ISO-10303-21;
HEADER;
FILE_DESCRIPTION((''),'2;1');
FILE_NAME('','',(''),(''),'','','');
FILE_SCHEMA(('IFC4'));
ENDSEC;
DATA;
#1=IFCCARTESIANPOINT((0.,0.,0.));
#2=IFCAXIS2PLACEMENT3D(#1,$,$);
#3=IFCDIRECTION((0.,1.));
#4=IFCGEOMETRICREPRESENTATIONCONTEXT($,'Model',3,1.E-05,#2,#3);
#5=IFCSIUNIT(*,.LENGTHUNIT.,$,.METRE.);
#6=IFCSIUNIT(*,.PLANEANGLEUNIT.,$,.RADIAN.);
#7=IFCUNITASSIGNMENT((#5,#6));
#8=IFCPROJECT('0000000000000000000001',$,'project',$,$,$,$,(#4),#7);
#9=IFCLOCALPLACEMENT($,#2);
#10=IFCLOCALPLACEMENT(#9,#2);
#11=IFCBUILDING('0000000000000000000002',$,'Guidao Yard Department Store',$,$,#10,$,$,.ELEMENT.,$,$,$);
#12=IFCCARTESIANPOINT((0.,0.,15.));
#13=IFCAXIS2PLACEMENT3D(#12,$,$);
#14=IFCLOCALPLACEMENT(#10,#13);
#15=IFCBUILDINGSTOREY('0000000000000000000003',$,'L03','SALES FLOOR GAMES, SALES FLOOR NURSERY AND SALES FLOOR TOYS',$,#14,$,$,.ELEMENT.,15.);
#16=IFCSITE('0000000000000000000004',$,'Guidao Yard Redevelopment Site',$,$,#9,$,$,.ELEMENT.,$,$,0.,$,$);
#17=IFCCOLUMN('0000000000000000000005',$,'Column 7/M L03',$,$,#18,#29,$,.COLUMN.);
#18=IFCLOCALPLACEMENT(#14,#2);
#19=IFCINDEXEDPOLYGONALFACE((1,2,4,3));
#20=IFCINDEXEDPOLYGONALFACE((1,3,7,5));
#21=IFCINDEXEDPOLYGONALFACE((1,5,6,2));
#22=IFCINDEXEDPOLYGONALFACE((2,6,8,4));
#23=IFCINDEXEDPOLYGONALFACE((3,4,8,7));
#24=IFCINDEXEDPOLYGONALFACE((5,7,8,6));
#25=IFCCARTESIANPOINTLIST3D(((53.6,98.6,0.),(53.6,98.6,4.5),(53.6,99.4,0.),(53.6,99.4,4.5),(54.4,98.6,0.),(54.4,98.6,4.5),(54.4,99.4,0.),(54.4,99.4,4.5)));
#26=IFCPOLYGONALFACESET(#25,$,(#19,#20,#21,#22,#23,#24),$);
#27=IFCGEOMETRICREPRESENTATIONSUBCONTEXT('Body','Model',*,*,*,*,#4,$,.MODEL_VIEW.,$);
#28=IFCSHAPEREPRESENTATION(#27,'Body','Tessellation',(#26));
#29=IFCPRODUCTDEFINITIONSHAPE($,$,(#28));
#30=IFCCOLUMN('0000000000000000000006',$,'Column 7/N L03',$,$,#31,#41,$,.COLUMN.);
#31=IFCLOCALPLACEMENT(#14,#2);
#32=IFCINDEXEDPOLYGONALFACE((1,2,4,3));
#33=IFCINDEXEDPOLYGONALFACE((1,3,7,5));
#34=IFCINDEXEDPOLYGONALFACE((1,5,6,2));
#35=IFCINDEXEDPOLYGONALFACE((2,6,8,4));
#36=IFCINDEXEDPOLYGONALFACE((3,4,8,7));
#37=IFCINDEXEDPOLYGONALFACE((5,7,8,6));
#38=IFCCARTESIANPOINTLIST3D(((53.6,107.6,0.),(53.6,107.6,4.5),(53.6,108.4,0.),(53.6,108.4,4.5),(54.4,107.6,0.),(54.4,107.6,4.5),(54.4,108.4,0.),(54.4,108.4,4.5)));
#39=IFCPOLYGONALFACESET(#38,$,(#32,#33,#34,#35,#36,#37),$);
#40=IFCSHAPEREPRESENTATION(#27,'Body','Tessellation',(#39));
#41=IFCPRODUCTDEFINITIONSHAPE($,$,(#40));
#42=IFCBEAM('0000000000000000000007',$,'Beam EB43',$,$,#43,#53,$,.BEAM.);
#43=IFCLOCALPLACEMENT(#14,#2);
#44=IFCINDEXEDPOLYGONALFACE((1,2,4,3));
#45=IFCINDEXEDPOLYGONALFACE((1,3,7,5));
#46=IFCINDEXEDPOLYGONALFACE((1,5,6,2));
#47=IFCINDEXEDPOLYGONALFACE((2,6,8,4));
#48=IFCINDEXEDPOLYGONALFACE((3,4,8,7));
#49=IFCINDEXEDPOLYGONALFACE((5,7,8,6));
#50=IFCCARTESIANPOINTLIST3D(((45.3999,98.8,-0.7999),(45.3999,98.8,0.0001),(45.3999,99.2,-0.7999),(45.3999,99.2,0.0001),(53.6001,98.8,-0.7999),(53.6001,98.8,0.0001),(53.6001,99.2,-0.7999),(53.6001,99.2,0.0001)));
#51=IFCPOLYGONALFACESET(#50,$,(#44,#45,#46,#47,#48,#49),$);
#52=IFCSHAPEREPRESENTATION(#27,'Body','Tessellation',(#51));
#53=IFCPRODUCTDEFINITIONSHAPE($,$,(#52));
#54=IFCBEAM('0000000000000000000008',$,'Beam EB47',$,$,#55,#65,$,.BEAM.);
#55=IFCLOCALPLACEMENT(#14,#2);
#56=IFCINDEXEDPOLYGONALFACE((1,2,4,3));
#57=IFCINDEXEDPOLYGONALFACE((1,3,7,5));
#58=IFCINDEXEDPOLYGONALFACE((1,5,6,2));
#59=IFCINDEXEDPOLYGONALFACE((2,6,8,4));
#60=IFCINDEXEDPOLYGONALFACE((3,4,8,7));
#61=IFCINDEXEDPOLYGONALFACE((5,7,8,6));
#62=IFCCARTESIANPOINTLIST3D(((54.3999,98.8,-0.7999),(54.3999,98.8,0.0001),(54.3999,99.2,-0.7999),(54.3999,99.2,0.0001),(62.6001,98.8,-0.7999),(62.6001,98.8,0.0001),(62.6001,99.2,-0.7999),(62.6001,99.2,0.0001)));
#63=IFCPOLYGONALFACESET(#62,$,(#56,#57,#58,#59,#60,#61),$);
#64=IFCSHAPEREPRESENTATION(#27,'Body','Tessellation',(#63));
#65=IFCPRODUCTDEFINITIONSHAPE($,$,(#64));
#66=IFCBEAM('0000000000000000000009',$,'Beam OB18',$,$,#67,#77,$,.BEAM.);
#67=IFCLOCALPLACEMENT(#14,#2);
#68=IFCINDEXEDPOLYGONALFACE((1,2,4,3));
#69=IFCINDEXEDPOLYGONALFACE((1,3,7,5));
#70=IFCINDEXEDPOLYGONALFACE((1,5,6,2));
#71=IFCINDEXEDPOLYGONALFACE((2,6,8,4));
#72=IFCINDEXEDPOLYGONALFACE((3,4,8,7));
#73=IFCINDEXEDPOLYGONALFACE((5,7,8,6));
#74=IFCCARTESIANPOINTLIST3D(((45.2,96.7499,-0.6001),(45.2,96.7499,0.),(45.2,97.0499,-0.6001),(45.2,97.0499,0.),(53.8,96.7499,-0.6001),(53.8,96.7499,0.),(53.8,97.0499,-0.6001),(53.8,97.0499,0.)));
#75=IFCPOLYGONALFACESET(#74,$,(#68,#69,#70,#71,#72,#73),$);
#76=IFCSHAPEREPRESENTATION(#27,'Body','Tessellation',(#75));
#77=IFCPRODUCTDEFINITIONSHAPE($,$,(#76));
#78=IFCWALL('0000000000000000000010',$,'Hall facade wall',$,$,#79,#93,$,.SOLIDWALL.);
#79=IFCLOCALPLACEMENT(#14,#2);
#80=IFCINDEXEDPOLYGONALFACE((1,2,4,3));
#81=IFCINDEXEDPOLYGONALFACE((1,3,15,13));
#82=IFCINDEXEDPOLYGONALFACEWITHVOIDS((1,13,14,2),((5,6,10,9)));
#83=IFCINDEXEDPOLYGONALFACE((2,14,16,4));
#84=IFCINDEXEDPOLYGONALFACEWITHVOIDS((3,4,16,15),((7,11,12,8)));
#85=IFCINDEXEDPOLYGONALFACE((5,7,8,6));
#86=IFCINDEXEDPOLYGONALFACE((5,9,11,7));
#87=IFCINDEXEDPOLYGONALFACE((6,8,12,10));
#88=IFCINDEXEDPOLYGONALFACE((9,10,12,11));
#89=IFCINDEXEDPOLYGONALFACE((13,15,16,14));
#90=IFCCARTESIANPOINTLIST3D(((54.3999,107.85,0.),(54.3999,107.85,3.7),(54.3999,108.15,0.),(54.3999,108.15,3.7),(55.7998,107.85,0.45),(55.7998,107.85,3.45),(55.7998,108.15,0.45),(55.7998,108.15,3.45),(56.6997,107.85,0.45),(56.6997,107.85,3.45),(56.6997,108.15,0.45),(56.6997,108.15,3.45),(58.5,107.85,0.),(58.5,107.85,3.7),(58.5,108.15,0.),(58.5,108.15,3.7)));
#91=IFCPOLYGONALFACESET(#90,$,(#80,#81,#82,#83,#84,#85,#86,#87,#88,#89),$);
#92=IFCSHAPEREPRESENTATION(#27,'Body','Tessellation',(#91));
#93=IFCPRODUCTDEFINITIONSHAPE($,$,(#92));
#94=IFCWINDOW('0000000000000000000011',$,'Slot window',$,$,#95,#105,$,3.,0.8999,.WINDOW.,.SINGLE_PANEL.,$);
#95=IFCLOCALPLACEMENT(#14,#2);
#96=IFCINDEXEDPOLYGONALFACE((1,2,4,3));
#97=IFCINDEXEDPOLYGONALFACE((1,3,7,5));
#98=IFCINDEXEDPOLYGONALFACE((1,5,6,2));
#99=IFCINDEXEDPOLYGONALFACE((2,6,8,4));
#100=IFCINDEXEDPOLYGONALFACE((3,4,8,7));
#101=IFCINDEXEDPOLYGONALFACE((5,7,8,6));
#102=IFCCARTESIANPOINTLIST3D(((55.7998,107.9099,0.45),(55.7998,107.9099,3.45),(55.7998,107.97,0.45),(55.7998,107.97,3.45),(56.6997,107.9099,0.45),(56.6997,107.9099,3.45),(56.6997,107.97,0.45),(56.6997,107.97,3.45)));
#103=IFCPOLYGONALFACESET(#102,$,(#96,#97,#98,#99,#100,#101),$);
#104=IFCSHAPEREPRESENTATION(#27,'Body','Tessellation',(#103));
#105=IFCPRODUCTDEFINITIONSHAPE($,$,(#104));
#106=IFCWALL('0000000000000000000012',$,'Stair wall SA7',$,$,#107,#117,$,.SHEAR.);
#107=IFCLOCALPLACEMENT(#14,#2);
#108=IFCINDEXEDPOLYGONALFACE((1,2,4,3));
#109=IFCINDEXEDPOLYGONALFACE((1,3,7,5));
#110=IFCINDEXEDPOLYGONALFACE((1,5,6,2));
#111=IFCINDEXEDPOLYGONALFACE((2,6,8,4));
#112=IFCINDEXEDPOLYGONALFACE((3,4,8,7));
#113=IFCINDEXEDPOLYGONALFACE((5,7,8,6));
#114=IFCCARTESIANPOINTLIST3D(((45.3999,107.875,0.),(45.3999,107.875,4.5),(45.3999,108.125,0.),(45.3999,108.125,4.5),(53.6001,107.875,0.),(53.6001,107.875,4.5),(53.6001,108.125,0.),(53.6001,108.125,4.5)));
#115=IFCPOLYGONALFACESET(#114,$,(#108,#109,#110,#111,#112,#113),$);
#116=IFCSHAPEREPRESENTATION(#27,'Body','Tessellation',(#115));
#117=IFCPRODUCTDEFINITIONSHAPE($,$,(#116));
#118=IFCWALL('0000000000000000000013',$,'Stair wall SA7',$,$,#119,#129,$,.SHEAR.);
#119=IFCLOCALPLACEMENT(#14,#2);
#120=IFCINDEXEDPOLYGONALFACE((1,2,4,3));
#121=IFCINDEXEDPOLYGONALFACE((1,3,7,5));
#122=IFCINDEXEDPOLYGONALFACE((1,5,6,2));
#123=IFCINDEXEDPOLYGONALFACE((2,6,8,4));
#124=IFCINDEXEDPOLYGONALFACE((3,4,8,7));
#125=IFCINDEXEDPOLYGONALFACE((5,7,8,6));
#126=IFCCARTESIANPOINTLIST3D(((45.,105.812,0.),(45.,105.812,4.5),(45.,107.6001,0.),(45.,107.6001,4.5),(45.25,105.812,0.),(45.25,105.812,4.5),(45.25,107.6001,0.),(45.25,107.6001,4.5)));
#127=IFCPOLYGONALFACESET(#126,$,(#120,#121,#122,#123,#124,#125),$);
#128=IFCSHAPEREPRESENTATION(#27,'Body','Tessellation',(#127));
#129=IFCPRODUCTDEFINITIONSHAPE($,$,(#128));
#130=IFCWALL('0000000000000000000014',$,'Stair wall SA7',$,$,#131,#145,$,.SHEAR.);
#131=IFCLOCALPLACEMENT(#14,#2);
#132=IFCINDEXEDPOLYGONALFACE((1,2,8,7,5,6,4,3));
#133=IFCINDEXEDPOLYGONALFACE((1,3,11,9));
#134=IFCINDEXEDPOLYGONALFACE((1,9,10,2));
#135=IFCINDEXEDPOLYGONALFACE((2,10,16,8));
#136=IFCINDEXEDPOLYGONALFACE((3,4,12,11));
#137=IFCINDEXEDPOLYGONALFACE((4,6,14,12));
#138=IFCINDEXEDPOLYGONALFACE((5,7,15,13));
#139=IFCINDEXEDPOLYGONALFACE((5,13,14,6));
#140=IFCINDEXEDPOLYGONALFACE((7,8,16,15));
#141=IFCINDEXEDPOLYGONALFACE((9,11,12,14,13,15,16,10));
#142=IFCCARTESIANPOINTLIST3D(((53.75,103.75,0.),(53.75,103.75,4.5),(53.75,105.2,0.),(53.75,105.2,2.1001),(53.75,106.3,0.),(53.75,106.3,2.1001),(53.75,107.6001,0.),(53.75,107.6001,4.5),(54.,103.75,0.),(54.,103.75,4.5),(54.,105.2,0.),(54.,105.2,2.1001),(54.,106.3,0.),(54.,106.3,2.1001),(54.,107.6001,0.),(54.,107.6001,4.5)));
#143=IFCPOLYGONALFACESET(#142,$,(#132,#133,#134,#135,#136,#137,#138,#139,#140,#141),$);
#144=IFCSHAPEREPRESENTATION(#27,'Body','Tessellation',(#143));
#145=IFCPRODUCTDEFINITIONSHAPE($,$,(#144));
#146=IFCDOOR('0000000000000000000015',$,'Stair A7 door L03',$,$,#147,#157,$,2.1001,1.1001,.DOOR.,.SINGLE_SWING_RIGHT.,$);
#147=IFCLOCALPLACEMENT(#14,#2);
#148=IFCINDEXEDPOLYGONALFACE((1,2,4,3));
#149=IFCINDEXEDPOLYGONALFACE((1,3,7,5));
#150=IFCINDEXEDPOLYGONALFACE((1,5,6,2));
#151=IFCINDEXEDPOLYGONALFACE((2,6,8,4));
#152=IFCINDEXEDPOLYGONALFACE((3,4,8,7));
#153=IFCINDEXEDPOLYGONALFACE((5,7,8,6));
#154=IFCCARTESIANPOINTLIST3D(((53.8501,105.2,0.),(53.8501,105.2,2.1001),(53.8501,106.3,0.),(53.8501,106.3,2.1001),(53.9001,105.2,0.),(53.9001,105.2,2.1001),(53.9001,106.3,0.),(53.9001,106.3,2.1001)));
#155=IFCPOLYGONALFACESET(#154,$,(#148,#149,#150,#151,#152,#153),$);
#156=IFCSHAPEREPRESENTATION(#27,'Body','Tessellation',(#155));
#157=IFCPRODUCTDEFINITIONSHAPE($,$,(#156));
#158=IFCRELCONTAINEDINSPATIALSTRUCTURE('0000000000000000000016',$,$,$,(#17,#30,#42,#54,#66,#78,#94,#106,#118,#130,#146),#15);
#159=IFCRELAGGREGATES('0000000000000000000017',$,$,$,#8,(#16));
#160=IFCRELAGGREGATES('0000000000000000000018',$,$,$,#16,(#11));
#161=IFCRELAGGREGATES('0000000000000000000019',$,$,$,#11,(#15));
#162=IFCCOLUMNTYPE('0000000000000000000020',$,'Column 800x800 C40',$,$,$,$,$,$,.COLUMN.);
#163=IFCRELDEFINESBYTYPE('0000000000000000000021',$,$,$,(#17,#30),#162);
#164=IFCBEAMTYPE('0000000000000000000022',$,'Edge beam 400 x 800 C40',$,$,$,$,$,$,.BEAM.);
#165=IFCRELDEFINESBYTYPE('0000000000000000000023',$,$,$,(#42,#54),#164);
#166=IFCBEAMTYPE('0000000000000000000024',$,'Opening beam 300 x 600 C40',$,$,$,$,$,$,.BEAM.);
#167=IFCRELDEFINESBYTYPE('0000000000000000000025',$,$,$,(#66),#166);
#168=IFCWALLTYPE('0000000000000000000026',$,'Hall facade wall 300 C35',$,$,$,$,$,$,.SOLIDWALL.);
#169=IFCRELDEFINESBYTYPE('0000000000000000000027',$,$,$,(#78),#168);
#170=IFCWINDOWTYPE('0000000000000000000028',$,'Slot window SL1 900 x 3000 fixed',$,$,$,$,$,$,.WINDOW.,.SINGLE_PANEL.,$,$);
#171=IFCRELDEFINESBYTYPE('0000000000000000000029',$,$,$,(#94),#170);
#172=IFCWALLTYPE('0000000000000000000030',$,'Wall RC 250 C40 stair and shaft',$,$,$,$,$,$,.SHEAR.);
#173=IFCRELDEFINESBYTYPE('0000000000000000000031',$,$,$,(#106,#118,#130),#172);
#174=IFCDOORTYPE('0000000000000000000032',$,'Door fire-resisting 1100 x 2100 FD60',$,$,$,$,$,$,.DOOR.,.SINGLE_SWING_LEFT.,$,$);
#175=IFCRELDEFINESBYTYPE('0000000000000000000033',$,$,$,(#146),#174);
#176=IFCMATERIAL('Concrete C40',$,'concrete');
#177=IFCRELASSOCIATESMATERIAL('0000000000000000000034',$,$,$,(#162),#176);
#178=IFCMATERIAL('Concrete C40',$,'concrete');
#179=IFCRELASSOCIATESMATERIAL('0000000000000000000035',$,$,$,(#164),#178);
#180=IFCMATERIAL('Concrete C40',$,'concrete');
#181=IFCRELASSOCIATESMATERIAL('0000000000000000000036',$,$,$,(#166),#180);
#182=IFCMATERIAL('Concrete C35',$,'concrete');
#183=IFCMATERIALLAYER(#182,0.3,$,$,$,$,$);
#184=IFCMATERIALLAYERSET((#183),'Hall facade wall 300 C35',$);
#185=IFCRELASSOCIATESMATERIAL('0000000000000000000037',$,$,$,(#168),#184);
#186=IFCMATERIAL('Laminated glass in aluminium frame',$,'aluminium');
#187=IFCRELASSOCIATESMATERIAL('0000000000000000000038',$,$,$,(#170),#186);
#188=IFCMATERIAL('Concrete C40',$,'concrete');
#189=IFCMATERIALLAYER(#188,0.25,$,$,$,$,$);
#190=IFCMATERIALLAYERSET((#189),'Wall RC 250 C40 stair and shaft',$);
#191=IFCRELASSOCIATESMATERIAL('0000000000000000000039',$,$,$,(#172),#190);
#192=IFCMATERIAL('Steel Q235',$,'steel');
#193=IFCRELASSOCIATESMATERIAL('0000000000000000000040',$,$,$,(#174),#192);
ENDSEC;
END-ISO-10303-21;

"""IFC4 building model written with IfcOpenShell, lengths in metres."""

from ifc_helpers import new_model, si_unit, direction, frame, frame_2d, origin, origin_2d, place, context, subcontext, project, spatial, rectangle, extrude, material, layer, layer_set, material_profile, profile_set, type_object, element, fill, save


model = new_model("IFC4")

# Units and contexts
model_context = context("Model", 3, precision=1e-05, world=origin(), true_north=direction((0.0, 1.0)))
body_context = subcontext(model_context, "Body", "Model", "MODEL_VIEW")
ifc_project = project(units=[si_unit("LENGTHUNIT", "METRE"), si_unit("PLANEANGLEUNIT", "RADIAN")], contexts=[model_context])

# Site, building, storey
site_placement = place(None, origin())
site = spatial("IfcSite", under=ifc_project, at=site_placement, Name="Guidao Yard Redevelopment Site", CompositionType="ELEMENT", RefElevation=0.0)
building_placement = place(site_placement, origin())
building = spatial("IfcBuilding", under=site, at=building_placement, Name="Guidao Yard Department Store", CompositionType="ELEMENT")
storey_placement = place(building_placement, frame((0.0, 0.0, 15.0)))
storey = spatial("IfcBuildingStorey", under=building, at=storey_placement, Name="L03", Description="SALES FLOOR GAMES, SALES FLOOR NURSERY AND SALES FLOOR TOYS", CompositionType="ELEMENT", Elevation=15.0)

# Columns
ifc_material_1 = material(Name="Concrete C40", Category="concrete")
ifc_material_profile_1 = material_profile(ifc_material_1, rectangle(XDim=0.8, YDim=0.8, at=origin_2d()), Name="COL 800x800")
ifc_profile_set_1 = profile_set([ifc_material_profile_1], Name="Concrete C40")
column_type = type_object("IfcColumnType", Name="Column 800x800 C40", PredefinedType="COLUMN", material=ifc_profile_set_1)
for number, where, z_axis, x_axis, name in (
    (1, (54.0, 99.0, 0.0), (0.0, 0.0, 1.0), (1.0, 0.0, 0.0), "Column 7/M L03"),
    (2, (54.0, 108.0, 0.0), (0.0, 0.0, 1.0), (1.0, 0.0, 0.0), "Column 7/N L03"),
):
    element("IfcColumn", number, at=place(storey_placement, frame(where, z_axis=z_axis, x_axis=x_axis)), inside=storey, type_object=column_type, Name=name, PredefinedType="COLUMN", context=body_context, shape_type="SweptSolid", body=[
        extrude(rectangle(XDim=0.8, YDim=0.8, at=origin_2d()), origin(), (0.0, 0.0, 1.0), 4.5),
    ])

# Beams
ifc_material_2 = material(Name="Concrete C40", Category="concrete")
ifc_material_profile_2 = material_profile(ifc_material_2, rectangle(XDim=0.3999, YDim=0.8, at=origin_2d()), Name="Edge beam 400 x 800 C40")
ifc_profile_set_2 = profile_set([ifc_material_profile_2], Name="Concrete C40")
beam_type_1 = type_object("IfcBeamType", Name="Edge beam 400 x 800 C40", PredefinedType="BEAM", material=ifc_profile_set_2)
for number, where, z_axis, x_axis, name in (
    (3, (45.3999, 99.0, -0.3999), (1.0, 0.0, 0.0), (0.0, 1.0, 0.0), "Beam EB43"),
    (4, (54.3999, 99.0, -0.3999), (1.0, 0.0, 0.0), (0.0, 1.0, 0.0), "Beam EB47"),
):
    element("IfcBeam", number, at=place(storey_placement, frame(where, z_axis=z_axis, x_axis=x_axis)), inside=storey, type_object=beam_type_1, Name=name, PredefinedType="BEAM", context=body_context, shape_type="SweptSolid", body=[
        extrude(rectangle(XDim=0.3999, YDim=0.8, at=origin_2d()), origin(), (0.0, 0.0, 1.0), 8.2002),
    ])
ifc_material_3 = material(Name="Concrete C40", Category="concrete")
ifc_material_profile_3 = material_profile(ifc_material_3, rectangle(XDim=0.3, YDim=0.6001, at=origin_2d()), Name="Opening beam 300 x 600 C40")
ifc_profile_set_3 = profile_set([ifc_material_profile_3], Name="Concrete C40")
beam_type_2 = type_object("IfcBeamType", Name="Opening beam 300 x 600 C40", PredefinedType="BEAM", material=ifc_profile_set_3)
beam_placement = place(storey_placement, frame((45.2, 96.8999, -0.3), z_axis=(1.0, 0.0, 0.0), x_axis=(0.0, 1.0, 0.0)))
element("IfcBeam", 5, at=beam_placement, inside=storey, type_object=beam_type_2, Name="Beam OB18", PredefinedType="BEAM", context=body_context, shape_type="SweptSolid", body=[
    extrude(rectangle(XDim=0.3, YDim=0.6001, at=origin_2d()), origin(), (0.0, 0.0, 1.0), 8.6001),
])

# Wall, opening, window
ifc_material_4 = material(Name="Concrete C35", Category="concrete")
ifc_layer_1 = layer(ifc_material_4, 0.3)
ifc_layer_set_1 = layer_set([ifc_layer_1], Name="Hall facade wall 300 C35")
wall_type_1 = type_object("IfcWallType", Name="Hall facade wall 300 C35", PredefinedType="SOLIDWALL", material=ifc_layer_set_1)
wall_1_placement = place(storey_placement, frame((54.3999, 108.0, 0.0), z_axis=(0.0, 0.0, 1.0), x_axis=(1.0, 0.0, 0.0)))
wall_1 = element("IfcWall", 6, at=wall_1_placement, inside=storey, type_object=wall_type_1, Name="Hall facade wall", PredefinedType="SOLIDWALL", context=body_context, shape_type="SweptSolid", body=[
    extrude(rectangle(XDim=4.1001, YDim=0.3, at=frame_2d((2.05, 0.0))), origin(), (0.0, 0.0, 1.0), 3.7),
])
opening_1_placement = place(wall_1_placement, frame((1.3999, 0.0, 0.45)))
opening_1 = element("IfcOpeningElement", 7, at=opening_1_placement, cuts=wall_1, PredefinedType="OPENING", context=body_context, shape_type="SweptSolid", body=[
    extrude(rectangle(XDim=0.8999, YDim=3.0, at=frame_2d((0.45, 1.5))), frame((0.0, 0.1599, 0.0), z_axis=(0.0, -1.0, 0.0), x_axis=(1.0, 0.0, 0.0)), (0.0, 0.0, 1.0), 0.3201),
])
ifc_material_5 = material(Name="Laminated glass in aluminium frame", Category="aluminium")
window_type = type_object("IfcWindowType", Name="Slot window SL1 900 x 3000 fixed", PartitioningType="SINGLE_PANEL", PredefinedType="WINDOW", material=ifc_material_5)
window_placement = place(opening_1_placement, origin())
window = element("IfcWindow", 8, at=window_placement, inside=storey, type_object=window_type, Name="Slot window", OverallHeight=3.0, OverallWidth=0.8999, PartitioningType="SINGLE_PANEL", PredefinedType="WINDOW", context=body_context, shape_type="SweptSolid", body=[
    extrude(rectangle(XDim=0.8999, YDim=3.0, at=frame_2d((0.45, 1.5))), frame((0.0, -0.03, 0.0), z_axis=(0.0, -1.0, 0.0), x_axis=(1.0, 0.0, 0.0)), (0.0, 0.0, 1.0), 0.0601),
])
fill(opening_1, window)

# Walls
ifc_material_6 = material(Name="Concrete C40", Category="concrete")
ifc_layer_2 = layer(ifc_material_6, 0.25)
ifc_layer_set_2 = layer_set([ifc_layer_2], Name="Wall RC 250 C40 stair and shaft")
wall_type_2 = type_object("IfcWallType", Name="Wall RC 250 C40 stair and shaft", PredefinedType="SHEAR", material=ifc_layer_set_2)
wall_2_placement = place(storey_placement, frame((45.3999, 108.0, 0.0), z_axis=(0.0, 0.0, 1.0), x_axis=(1.0, 0.0, 0.0)))
element("IfcWall", 9, at=wall_2_placement, inside=storey, type_object=wall_type_2, Name="Stair wall SA7", PredefinedType="SHEAR", context=body_context, shape_type="SweptSolid", body=[
    extrude(rectangle(XDim=8.2002, YDim=0.25, at=frame_2d((4.1001, 0.0))), origin(), (0.0, 0.0, 1.0), 4.5),
])
wall_3_placement = place(storey_placement, frame((45.125, 105.812, 0.0), z_axis=(0.0, 0.0, 1.0), x_axis=(0.0, 1.0, 0.0)))
element("IfcWall", 10, at=wall_3_placement, inside=storey, type_object=wall_type_2, Name="Stair wall SA7", PredefinedType="SHEAR", context=body_context, shape_type="SweptSolid", body=[
    extrude(rectangle(XDim=1.7881, YDim=0.25, at=frame_2d((0.894, 0.0))), origin(), (0.0, 0.0, 1.0), 4.5),
])

# Wall, opening, door
wall_4_placement = place(storey_placement, frame((53.875, 103.75, 0.0), z_axis=(0.0, 0.0, 1.0), x_axis=(0.0, 1.0, 0.0)))
wall_4 = element("IfcWall", 11, at=wall_4_placement, inside=storey, type_object=wall_type_2, Name="Stair wall SA7", PredefinedType="SHEAR", context=body_context, shape_type="SweptSolid", body=[
    extrude(rectangle(XDim=3.8501, YDim=0.25, at=frame_2d((1.925, 0.0))), origin(), (0.0, 0.0, 1.0), 4.5),
])
opening_2_placement = place(wall_4_placement, frame((1.45, 0.0, 0.0)))
opening_2 = element("IfcOpeningElement", 12, at=opening_2_placement, cuts=wall_4, PredefinedType="OPENING", context=body_context, shape_type="SweptSolid", body=[
    extrude(rectangle(XDim=1.1001, YDim=2.1001, at=frame_2d((0.55, 1.05))), frame((0.0, 0.135, 0.0), z_axis=(0.0, -1.0, 0.0), x_axis=(1.0, 0.0, 0.0)), (0.0, 0.0, 1.0), 0.27),
])
ifc_material_7 = material(Name="Steel Q235", Category="steel")
door_type = type_object("IfcDoorType", Name="Door fire-resisting 1100 x 2100 FD60", OperationType="SINGLE_SWING_LEFT", PredefinedType="DOOR", material=ifc_material_7)
door_placement = place(opening_2_placement, origin())
door = element("IfcDoor", 13, at=door_placement, inside=storey, type_object=door_type, Name="Stair A7 door L03", OperationType="SINGLE_SWING_RIGHT", OverallHeight=2.1001, OverallWidth=1.1001, PredefinedType="DOOR", context=body_context, shape_type="SweptSolid", body=[
    extrude(rectangle(XDim=1.1001, YDim=2.1001, at=frame_2d((0.55, 1.05))), frame((0.0, 0.0249, 0.0), z_axis=(0.0, -1.0, 0.0), x_axis=(1.0, 0.0, 0.0)), (0.0, 0.0, 1.0), 0.05),
])
fill(opening_2, door)

save(model, "model.ifc")
